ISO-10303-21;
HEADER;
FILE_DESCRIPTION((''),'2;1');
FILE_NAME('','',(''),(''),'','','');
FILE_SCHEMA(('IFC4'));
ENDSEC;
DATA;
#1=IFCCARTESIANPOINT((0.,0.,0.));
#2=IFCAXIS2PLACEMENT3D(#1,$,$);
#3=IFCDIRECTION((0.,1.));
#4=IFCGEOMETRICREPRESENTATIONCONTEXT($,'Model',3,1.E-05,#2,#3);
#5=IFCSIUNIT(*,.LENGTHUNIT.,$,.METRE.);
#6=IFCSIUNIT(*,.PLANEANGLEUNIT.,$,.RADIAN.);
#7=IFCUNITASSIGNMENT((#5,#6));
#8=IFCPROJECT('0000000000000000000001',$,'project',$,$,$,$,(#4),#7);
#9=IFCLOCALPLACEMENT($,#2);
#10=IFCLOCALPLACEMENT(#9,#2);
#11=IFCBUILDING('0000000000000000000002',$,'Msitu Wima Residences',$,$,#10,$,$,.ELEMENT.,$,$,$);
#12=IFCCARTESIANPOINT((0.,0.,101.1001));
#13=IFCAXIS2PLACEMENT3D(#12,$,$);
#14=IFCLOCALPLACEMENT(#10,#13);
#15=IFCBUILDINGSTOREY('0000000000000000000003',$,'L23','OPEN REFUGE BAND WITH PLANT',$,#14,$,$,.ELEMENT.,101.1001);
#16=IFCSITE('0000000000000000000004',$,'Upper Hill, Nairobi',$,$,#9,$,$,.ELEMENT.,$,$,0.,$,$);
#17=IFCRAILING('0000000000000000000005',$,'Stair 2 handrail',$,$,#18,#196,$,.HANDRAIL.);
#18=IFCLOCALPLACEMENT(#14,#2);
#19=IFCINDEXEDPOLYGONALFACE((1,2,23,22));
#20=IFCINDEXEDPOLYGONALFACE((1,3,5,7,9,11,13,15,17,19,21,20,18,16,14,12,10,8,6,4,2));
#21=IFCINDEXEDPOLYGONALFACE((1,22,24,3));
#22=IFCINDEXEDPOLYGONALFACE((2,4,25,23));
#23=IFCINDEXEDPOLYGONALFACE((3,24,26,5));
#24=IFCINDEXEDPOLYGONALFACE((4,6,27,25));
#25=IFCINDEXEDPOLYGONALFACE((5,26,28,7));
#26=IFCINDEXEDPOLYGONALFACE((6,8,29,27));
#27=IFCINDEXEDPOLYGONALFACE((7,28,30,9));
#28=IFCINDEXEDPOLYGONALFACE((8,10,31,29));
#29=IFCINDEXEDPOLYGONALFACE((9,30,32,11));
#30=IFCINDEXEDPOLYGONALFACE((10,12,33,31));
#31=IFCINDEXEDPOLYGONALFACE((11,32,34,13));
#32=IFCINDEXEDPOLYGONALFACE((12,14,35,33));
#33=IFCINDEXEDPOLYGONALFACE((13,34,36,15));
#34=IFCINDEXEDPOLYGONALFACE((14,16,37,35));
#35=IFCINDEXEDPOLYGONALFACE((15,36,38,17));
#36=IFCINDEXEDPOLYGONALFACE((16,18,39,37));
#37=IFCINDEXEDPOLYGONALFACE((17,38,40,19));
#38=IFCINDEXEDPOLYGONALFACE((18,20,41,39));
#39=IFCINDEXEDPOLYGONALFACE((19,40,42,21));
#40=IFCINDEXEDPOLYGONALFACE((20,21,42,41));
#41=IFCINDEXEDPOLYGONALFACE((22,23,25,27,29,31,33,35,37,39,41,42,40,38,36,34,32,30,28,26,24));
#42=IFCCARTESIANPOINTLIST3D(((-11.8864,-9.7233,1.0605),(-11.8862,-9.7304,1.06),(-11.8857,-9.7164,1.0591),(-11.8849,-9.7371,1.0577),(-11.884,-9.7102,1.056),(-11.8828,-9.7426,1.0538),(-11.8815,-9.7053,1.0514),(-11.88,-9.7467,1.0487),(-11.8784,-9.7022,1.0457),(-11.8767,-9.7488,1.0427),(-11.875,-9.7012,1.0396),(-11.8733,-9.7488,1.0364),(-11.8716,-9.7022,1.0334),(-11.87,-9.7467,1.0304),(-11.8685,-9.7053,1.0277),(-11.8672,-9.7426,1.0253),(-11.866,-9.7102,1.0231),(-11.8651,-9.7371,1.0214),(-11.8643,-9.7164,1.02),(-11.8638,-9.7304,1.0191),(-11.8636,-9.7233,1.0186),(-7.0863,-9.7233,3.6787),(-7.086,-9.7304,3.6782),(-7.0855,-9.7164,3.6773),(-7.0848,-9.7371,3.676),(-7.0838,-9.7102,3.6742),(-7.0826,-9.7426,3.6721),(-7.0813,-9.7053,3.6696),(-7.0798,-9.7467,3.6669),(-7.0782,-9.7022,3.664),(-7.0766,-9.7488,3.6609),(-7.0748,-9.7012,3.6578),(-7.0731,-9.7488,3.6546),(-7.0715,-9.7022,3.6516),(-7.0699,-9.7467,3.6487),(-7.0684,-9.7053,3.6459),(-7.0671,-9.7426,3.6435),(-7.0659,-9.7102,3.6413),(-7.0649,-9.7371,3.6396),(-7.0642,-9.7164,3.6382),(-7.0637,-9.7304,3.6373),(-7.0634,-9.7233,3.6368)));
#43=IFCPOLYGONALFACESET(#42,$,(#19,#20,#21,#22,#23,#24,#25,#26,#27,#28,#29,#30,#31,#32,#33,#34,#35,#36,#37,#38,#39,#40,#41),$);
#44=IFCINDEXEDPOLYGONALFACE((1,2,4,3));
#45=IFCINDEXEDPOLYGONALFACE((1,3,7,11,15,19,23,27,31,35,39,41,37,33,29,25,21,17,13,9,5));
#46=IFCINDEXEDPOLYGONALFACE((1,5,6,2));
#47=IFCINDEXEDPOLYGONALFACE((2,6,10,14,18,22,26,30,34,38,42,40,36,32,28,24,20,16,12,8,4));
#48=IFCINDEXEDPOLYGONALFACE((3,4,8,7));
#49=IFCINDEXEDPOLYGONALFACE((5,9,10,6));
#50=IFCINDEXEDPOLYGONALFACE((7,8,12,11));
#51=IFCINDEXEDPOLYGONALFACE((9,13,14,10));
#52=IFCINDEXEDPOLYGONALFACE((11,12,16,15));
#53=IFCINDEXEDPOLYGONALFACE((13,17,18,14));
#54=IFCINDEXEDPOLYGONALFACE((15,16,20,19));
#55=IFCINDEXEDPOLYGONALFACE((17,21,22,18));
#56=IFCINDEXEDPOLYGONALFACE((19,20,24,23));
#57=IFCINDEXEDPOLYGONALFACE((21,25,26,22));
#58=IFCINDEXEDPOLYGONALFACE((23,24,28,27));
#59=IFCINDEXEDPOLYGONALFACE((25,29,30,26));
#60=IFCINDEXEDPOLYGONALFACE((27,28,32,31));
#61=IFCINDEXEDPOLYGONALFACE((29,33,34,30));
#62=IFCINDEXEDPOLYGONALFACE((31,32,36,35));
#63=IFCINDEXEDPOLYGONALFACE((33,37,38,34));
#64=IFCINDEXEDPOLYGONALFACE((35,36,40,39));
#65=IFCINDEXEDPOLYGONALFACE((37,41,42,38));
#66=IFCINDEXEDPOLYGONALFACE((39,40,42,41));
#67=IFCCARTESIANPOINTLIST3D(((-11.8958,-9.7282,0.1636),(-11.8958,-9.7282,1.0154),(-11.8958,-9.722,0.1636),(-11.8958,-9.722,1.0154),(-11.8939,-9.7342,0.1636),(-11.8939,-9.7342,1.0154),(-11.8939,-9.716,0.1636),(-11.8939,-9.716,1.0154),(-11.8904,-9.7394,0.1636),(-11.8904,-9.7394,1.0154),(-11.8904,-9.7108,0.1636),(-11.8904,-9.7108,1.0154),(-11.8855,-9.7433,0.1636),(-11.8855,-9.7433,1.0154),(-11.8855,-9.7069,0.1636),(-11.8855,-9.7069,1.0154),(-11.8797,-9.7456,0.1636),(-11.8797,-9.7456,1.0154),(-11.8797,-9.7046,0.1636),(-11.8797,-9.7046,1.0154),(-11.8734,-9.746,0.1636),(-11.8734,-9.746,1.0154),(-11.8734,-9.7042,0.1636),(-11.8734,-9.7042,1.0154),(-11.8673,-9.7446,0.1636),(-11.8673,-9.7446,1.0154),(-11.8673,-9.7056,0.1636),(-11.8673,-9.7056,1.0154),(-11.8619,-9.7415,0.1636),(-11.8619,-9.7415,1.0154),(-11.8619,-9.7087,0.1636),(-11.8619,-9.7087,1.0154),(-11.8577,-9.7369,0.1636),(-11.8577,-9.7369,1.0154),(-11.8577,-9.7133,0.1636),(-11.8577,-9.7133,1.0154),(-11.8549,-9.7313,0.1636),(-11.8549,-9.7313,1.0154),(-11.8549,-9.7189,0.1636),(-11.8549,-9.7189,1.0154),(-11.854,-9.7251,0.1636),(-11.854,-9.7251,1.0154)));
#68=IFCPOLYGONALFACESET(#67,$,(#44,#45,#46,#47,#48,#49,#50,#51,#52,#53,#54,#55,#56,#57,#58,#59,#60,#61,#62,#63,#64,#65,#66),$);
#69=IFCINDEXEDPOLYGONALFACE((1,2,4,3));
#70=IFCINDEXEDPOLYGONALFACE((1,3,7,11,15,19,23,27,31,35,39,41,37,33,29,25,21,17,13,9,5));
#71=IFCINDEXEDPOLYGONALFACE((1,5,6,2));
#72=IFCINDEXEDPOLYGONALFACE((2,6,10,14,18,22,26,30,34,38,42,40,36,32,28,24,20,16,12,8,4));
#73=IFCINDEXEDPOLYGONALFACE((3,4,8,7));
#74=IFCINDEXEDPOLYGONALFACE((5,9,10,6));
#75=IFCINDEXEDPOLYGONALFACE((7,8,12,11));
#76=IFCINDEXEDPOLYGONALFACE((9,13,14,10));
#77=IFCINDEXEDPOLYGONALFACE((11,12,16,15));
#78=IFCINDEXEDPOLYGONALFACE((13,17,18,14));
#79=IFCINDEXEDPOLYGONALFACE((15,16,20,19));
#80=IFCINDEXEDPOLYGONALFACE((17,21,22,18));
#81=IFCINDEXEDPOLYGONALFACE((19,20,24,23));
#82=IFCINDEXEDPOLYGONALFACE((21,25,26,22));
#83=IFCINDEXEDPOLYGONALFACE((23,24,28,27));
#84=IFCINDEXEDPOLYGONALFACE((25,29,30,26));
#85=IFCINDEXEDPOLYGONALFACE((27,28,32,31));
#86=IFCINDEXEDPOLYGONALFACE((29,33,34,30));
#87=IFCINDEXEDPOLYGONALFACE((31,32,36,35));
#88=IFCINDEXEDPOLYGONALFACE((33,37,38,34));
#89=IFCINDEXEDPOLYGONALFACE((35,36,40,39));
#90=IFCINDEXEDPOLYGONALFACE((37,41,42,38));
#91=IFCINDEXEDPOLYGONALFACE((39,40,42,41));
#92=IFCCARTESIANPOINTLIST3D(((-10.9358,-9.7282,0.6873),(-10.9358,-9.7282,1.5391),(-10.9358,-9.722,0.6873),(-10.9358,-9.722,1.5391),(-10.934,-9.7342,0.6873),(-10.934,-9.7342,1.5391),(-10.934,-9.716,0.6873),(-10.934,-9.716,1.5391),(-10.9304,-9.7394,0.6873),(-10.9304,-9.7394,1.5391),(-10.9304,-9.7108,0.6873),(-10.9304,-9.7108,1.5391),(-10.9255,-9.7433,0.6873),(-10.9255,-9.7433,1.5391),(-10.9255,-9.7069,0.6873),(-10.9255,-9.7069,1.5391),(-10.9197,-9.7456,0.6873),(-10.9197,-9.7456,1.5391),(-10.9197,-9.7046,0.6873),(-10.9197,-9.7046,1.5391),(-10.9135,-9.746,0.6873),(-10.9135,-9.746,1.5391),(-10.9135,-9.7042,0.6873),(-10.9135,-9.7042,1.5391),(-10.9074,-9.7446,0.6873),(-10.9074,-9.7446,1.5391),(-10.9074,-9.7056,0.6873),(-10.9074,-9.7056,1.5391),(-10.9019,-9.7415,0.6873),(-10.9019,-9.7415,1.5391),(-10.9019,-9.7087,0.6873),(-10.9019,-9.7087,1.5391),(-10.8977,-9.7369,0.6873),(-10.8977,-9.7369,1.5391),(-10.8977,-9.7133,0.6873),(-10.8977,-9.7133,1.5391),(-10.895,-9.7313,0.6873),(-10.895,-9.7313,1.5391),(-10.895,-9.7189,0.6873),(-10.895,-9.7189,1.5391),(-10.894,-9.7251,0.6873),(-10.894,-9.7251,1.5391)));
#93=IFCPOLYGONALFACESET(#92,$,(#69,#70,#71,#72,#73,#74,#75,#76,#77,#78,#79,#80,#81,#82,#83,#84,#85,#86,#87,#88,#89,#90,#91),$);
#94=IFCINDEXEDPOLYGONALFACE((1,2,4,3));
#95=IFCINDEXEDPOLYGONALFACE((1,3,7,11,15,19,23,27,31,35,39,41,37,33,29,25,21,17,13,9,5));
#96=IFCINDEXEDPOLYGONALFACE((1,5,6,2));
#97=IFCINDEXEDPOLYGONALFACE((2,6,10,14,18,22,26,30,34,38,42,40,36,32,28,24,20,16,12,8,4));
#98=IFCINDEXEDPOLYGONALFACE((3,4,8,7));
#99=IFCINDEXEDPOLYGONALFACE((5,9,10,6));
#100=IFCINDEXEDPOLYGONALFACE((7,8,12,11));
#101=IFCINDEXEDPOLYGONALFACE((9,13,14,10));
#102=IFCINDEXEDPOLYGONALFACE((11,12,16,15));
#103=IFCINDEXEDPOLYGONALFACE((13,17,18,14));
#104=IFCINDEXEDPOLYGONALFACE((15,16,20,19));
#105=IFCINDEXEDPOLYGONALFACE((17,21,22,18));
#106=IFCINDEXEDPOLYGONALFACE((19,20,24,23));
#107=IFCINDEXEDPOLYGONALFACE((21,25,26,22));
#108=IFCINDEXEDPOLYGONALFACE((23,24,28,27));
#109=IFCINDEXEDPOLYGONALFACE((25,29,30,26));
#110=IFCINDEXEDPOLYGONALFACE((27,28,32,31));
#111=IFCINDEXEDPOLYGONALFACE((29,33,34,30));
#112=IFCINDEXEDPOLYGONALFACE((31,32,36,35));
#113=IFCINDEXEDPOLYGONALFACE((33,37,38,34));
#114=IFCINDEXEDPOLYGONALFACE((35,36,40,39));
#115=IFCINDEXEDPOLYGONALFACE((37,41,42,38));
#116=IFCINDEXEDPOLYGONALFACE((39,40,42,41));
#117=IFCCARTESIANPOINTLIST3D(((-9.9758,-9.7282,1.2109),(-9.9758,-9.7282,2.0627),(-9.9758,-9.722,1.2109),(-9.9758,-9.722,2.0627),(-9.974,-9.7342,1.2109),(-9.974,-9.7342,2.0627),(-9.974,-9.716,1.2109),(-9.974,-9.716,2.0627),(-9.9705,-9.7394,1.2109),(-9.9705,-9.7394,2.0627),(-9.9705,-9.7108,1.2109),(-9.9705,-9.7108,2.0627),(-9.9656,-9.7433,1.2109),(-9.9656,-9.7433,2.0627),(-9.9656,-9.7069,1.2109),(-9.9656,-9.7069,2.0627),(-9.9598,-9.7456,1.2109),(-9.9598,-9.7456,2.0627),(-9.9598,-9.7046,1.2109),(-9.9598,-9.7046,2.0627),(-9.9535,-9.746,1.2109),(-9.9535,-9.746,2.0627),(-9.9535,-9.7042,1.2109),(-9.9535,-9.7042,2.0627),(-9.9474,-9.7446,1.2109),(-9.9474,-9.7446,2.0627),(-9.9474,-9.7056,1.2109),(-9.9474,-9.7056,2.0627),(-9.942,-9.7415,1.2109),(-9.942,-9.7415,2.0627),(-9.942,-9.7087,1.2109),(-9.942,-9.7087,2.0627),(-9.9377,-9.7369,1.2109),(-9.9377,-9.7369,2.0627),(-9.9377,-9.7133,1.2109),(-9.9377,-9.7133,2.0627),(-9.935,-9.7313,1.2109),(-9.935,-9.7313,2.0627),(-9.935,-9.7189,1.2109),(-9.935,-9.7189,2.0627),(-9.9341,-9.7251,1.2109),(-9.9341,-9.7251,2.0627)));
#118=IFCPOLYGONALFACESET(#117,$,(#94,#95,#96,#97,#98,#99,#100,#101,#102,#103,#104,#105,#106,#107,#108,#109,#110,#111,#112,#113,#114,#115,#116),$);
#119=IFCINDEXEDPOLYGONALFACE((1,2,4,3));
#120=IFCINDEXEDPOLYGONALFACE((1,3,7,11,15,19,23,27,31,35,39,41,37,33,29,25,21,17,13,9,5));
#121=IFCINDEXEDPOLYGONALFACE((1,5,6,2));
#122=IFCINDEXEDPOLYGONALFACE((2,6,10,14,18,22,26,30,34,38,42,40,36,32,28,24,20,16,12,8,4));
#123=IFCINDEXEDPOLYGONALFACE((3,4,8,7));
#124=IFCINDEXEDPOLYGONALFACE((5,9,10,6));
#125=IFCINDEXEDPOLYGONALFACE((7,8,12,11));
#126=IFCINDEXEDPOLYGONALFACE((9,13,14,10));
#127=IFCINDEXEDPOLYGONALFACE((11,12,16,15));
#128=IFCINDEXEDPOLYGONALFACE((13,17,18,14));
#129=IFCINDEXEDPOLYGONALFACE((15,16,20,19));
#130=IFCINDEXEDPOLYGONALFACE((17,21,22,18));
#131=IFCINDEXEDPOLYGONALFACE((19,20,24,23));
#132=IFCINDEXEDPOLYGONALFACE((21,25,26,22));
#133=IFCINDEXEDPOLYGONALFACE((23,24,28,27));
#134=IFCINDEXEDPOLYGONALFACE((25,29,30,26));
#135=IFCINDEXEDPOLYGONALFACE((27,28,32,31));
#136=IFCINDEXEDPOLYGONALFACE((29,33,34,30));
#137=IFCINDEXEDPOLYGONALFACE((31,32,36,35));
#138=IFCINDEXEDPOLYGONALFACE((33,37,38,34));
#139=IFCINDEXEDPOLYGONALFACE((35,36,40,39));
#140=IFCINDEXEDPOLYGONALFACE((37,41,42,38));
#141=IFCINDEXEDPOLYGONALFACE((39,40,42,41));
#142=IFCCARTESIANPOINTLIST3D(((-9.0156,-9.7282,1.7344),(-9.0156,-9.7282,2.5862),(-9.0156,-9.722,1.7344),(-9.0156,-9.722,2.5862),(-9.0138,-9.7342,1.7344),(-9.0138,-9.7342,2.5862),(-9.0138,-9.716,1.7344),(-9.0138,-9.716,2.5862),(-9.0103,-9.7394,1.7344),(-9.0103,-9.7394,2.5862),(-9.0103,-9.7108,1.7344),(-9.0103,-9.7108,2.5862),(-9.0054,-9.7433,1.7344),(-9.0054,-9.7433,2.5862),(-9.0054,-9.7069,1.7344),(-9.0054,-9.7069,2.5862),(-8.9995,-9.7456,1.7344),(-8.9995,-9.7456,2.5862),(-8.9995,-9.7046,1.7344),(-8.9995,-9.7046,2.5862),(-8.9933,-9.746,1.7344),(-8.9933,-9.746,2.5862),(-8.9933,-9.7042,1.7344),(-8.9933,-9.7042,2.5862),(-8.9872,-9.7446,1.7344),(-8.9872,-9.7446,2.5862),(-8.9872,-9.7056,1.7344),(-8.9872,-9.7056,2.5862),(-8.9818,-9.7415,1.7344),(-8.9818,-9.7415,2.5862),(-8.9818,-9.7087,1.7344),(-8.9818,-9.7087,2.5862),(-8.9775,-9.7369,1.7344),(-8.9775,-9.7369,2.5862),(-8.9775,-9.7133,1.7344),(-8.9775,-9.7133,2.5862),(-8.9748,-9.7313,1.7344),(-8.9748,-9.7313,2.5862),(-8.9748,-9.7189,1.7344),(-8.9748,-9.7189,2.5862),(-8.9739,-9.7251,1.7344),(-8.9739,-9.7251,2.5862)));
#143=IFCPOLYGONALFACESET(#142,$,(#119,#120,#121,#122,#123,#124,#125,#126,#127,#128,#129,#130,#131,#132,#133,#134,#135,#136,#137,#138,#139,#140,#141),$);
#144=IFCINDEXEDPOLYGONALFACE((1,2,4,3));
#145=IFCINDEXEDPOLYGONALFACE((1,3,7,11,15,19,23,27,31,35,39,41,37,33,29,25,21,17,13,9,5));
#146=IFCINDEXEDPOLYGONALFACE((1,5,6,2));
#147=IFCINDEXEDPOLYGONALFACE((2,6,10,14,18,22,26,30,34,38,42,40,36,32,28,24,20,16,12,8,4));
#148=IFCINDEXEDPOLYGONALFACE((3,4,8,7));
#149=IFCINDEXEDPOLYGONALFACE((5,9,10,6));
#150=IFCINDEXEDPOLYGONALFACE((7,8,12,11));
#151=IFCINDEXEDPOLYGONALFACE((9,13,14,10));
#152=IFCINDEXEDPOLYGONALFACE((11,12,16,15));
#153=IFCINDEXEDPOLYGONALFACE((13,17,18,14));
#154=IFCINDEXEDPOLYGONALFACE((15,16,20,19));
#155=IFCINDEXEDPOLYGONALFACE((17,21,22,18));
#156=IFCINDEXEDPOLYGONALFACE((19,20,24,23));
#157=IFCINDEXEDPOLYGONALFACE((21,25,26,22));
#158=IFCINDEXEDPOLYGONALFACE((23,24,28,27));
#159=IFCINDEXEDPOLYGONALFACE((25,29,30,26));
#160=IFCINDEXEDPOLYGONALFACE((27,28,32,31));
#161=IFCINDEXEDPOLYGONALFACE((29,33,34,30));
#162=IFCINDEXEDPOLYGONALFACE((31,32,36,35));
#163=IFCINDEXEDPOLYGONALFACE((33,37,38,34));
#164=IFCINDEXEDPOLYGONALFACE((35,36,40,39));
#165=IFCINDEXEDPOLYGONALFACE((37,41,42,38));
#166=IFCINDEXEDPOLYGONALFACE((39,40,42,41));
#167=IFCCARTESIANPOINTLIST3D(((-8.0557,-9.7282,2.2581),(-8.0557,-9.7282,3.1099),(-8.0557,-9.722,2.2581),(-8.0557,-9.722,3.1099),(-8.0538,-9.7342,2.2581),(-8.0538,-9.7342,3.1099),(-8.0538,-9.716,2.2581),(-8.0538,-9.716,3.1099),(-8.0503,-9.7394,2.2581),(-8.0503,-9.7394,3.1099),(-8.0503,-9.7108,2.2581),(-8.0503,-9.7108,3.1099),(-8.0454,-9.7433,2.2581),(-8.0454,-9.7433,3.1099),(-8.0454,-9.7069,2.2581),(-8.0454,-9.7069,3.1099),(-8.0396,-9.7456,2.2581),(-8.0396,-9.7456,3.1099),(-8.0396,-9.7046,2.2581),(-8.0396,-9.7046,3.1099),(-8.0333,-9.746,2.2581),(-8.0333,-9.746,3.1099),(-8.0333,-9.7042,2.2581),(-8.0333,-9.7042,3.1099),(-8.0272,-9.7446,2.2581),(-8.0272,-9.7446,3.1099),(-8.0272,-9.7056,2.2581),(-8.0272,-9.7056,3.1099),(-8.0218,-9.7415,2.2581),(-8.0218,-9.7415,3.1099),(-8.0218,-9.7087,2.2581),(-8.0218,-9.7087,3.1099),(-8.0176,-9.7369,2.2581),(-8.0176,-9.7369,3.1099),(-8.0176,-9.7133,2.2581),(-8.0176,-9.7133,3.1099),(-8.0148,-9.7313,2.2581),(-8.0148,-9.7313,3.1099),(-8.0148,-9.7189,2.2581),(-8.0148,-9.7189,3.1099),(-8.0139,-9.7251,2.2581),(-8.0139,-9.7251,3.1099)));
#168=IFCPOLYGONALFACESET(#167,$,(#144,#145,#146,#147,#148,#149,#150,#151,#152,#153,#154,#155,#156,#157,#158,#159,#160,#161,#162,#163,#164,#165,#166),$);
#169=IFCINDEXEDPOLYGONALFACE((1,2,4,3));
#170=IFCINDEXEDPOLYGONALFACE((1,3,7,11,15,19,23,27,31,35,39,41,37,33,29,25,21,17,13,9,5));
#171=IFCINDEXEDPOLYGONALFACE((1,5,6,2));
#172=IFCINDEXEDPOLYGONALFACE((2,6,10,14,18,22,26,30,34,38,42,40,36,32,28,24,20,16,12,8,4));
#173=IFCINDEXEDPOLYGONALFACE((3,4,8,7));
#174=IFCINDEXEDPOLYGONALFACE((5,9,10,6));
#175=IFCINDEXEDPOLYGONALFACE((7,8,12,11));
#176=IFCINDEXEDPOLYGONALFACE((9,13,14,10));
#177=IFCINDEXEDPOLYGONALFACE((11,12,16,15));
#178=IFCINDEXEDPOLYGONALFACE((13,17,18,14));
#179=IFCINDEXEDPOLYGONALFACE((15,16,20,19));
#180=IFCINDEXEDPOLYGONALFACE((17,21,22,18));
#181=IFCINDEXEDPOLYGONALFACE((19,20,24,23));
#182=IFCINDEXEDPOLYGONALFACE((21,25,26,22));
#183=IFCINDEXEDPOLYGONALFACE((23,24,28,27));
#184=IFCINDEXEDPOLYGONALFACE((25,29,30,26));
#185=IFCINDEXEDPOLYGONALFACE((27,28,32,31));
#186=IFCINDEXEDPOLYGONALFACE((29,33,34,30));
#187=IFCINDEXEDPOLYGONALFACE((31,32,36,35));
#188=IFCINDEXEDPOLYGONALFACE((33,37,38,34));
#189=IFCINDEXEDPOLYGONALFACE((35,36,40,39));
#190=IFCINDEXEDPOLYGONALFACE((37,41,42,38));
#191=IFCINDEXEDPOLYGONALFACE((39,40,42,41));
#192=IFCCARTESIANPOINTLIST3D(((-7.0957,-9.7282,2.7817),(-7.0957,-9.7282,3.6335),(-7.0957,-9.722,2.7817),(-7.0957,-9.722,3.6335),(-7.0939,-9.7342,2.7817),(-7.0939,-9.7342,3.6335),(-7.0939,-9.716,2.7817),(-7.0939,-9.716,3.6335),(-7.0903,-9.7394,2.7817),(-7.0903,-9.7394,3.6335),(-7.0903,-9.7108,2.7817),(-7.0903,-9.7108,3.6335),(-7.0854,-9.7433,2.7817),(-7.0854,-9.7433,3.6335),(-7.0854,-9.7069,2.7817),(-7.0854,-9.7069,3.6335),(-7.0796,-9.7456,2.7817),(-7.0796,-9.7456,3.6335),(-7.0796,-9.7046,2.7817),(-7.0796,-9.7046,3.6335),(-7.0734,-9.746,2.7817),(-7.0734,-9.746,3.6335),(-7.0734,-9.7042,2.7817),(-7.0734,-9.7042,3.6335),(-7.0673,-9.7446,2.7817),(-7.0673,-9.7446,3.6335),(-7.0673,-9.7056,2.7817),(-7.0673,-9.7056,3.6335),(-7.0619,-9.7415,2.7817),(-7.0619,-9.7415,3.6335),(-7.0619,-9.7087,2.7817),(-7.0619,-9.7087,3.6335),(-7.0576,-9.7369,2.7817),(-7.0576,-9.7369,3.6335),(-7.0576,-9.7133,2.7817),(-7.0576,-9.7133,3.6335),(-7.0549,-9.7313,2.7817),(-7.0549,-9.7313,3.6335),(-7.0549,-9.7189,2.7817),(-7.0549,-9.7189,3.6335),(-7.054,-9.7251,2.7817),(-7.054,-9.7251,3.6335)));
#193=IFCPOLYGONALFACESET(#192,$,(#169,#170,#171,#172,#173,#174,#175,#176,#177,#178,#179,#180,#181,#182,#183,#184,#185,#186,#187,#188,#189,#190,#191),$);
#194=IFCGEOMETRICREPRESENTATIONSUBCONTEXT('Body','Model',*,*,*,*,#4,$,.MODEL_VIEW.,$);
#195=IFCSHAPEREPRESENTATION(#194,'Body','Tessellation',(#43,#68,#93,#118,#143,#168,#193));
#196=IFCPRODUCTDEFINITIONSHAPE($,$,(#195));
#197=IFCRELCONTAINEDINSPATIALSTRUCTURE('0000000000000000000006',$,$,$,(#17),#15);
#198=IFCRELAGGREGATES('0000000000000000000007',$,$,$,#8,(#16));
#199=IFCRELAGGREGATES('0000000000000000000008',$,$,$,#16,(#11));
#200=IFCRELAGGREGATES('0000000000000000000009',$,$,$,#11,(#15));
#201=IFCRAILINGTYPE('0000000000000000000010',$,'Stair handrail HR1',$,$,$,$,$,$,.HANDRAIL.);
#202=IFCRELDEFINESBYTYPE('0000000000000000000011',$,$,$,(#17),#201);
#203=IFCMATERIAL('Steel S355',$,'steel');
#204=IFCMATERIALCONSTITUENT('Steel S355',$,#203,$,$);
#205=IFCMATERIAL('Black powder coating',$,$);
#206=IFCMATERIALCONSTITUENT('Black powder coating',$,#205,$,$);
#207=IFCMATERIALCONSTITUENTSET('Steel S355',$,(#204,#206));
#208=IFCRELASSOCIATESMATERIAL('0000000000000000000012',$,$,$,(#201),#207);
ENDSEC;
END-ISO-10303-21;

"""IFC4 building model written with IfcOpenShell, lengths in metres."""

from ifc_helpers import new_model, si_unit, direction, frame, origin, origin_2d, place, context, subcontext, project, spatial, circle, extrude, material, constituent, constituent_set, type_object, element, save


model = new_model("IFC4")

# Units and contexts
model_context = context("Model", 3, precision=1e-05, world=origin(), true_north=direction((0.0, 1.0)))
body_context = subcontext(model_context, "Body", "Model", "MODEL_VIEW")
ifc_project = project(units=[si_unit("LENGTHUNIT", "METRE"), si_unit("PLANEANGLEUNIT", "RADIAN")], contexts=[model_context])

# Site, building, storey
site_placement = place(None, origin())
site = spatial("IfcSite", under=ifc_project, at=site_placement, Name="Upper Hill, Nairobi", CompositionType="ELEMENT", RefElevation=0.0)
building_placement = place(site_placement, origin())
building = spatial("IfcBuilding", under=site, at=building_placement, Name="Msitu Wima Residences", CompositionType="ELEMENT")
storey_placement = place(building_placement, frame((0.0, 0.0, 101.1001)))
storey = spatial("IfcBuildingStorey", under=building, at=storey_placement, Name="L23", Description="OPEN REFUGE BAND WITH PLANT", CompositionType="ELEMENT", Elevation=101.1001)

# Railing
ifc_material_1 = material(Name="Steel S355", Category="steel")
ifc_constituent_1 = constituent(ifc_material_1, Name="Steel S355")
ifc_material_2 = material(Name="Black powder coating")
ifc_constituent_2 = constituent(ifc_material_2, Name="Black powder coating")
ifc_constituent_set = constituent_set(constituents=[ifc_constituent_1, ifc_constituent_2], Name="Steel S355")
railing_type = type_object("IfcRailingType", Name="Stair handrail HR1", PredefinedType="HANDRAIL", material=ifc_constituent_set)
for number, where, name in (
    (1, (-11.875, -9.7251, 0.1636), "Stair 2 handrail"),
):
    element("IfcRailing", number, at=place(storey_placement, frame(where)), inside=storey, type_object=railing_type, Name=name, PredefinedType="HANDRAIL", context=body_context, shape_type="SweptSolid", body=[
        extrude(circle(Radius=0.0239, at=origin_2d()), frame((0.0, 0.0, 0.876), z_axis=(0.877899, 0.0, 0.478846), x_axis=(0.0, 1.0, 0.0)), (0.0, 0.0, 1.0), 5.4678),
        extrude(circle(Radius=0.021, at=origin_2d()), origin(), (0.0, 0.0, 1.0), 0.8518),
        extrude(circle(Radius=0.021, at=origin_2d()), frame((0.96, 0.0, 0.5237)), (0.0, 0.0, 1.0), 0.8518),
        extrude(circle(Radius=0.021, at=origin_2d()), frame((1.9199, 0.0, 1.0474)), (0.0, 0.0, 1.0), 0.8518),
        extrude(circle(Radius=0.021, at=origin_2d()), frame((2.8801, 0.0, 1.5708)), (0.0, 0.0, 1.0), 0.8518),
        extrude(circle(Radius=0.021, at=origin_2d()), frame((3.8401, 0.0, 2.0945)), (0.0, 0.0, 1.0), 0.8518),
        extrude(circle(Radius=0.021, at=origin_2d()), frame((4.8, 0.0, 2.6182)), (0.0, 0.0, 1.0), 0.8518),
    ])

save(model, "model.ifc")
